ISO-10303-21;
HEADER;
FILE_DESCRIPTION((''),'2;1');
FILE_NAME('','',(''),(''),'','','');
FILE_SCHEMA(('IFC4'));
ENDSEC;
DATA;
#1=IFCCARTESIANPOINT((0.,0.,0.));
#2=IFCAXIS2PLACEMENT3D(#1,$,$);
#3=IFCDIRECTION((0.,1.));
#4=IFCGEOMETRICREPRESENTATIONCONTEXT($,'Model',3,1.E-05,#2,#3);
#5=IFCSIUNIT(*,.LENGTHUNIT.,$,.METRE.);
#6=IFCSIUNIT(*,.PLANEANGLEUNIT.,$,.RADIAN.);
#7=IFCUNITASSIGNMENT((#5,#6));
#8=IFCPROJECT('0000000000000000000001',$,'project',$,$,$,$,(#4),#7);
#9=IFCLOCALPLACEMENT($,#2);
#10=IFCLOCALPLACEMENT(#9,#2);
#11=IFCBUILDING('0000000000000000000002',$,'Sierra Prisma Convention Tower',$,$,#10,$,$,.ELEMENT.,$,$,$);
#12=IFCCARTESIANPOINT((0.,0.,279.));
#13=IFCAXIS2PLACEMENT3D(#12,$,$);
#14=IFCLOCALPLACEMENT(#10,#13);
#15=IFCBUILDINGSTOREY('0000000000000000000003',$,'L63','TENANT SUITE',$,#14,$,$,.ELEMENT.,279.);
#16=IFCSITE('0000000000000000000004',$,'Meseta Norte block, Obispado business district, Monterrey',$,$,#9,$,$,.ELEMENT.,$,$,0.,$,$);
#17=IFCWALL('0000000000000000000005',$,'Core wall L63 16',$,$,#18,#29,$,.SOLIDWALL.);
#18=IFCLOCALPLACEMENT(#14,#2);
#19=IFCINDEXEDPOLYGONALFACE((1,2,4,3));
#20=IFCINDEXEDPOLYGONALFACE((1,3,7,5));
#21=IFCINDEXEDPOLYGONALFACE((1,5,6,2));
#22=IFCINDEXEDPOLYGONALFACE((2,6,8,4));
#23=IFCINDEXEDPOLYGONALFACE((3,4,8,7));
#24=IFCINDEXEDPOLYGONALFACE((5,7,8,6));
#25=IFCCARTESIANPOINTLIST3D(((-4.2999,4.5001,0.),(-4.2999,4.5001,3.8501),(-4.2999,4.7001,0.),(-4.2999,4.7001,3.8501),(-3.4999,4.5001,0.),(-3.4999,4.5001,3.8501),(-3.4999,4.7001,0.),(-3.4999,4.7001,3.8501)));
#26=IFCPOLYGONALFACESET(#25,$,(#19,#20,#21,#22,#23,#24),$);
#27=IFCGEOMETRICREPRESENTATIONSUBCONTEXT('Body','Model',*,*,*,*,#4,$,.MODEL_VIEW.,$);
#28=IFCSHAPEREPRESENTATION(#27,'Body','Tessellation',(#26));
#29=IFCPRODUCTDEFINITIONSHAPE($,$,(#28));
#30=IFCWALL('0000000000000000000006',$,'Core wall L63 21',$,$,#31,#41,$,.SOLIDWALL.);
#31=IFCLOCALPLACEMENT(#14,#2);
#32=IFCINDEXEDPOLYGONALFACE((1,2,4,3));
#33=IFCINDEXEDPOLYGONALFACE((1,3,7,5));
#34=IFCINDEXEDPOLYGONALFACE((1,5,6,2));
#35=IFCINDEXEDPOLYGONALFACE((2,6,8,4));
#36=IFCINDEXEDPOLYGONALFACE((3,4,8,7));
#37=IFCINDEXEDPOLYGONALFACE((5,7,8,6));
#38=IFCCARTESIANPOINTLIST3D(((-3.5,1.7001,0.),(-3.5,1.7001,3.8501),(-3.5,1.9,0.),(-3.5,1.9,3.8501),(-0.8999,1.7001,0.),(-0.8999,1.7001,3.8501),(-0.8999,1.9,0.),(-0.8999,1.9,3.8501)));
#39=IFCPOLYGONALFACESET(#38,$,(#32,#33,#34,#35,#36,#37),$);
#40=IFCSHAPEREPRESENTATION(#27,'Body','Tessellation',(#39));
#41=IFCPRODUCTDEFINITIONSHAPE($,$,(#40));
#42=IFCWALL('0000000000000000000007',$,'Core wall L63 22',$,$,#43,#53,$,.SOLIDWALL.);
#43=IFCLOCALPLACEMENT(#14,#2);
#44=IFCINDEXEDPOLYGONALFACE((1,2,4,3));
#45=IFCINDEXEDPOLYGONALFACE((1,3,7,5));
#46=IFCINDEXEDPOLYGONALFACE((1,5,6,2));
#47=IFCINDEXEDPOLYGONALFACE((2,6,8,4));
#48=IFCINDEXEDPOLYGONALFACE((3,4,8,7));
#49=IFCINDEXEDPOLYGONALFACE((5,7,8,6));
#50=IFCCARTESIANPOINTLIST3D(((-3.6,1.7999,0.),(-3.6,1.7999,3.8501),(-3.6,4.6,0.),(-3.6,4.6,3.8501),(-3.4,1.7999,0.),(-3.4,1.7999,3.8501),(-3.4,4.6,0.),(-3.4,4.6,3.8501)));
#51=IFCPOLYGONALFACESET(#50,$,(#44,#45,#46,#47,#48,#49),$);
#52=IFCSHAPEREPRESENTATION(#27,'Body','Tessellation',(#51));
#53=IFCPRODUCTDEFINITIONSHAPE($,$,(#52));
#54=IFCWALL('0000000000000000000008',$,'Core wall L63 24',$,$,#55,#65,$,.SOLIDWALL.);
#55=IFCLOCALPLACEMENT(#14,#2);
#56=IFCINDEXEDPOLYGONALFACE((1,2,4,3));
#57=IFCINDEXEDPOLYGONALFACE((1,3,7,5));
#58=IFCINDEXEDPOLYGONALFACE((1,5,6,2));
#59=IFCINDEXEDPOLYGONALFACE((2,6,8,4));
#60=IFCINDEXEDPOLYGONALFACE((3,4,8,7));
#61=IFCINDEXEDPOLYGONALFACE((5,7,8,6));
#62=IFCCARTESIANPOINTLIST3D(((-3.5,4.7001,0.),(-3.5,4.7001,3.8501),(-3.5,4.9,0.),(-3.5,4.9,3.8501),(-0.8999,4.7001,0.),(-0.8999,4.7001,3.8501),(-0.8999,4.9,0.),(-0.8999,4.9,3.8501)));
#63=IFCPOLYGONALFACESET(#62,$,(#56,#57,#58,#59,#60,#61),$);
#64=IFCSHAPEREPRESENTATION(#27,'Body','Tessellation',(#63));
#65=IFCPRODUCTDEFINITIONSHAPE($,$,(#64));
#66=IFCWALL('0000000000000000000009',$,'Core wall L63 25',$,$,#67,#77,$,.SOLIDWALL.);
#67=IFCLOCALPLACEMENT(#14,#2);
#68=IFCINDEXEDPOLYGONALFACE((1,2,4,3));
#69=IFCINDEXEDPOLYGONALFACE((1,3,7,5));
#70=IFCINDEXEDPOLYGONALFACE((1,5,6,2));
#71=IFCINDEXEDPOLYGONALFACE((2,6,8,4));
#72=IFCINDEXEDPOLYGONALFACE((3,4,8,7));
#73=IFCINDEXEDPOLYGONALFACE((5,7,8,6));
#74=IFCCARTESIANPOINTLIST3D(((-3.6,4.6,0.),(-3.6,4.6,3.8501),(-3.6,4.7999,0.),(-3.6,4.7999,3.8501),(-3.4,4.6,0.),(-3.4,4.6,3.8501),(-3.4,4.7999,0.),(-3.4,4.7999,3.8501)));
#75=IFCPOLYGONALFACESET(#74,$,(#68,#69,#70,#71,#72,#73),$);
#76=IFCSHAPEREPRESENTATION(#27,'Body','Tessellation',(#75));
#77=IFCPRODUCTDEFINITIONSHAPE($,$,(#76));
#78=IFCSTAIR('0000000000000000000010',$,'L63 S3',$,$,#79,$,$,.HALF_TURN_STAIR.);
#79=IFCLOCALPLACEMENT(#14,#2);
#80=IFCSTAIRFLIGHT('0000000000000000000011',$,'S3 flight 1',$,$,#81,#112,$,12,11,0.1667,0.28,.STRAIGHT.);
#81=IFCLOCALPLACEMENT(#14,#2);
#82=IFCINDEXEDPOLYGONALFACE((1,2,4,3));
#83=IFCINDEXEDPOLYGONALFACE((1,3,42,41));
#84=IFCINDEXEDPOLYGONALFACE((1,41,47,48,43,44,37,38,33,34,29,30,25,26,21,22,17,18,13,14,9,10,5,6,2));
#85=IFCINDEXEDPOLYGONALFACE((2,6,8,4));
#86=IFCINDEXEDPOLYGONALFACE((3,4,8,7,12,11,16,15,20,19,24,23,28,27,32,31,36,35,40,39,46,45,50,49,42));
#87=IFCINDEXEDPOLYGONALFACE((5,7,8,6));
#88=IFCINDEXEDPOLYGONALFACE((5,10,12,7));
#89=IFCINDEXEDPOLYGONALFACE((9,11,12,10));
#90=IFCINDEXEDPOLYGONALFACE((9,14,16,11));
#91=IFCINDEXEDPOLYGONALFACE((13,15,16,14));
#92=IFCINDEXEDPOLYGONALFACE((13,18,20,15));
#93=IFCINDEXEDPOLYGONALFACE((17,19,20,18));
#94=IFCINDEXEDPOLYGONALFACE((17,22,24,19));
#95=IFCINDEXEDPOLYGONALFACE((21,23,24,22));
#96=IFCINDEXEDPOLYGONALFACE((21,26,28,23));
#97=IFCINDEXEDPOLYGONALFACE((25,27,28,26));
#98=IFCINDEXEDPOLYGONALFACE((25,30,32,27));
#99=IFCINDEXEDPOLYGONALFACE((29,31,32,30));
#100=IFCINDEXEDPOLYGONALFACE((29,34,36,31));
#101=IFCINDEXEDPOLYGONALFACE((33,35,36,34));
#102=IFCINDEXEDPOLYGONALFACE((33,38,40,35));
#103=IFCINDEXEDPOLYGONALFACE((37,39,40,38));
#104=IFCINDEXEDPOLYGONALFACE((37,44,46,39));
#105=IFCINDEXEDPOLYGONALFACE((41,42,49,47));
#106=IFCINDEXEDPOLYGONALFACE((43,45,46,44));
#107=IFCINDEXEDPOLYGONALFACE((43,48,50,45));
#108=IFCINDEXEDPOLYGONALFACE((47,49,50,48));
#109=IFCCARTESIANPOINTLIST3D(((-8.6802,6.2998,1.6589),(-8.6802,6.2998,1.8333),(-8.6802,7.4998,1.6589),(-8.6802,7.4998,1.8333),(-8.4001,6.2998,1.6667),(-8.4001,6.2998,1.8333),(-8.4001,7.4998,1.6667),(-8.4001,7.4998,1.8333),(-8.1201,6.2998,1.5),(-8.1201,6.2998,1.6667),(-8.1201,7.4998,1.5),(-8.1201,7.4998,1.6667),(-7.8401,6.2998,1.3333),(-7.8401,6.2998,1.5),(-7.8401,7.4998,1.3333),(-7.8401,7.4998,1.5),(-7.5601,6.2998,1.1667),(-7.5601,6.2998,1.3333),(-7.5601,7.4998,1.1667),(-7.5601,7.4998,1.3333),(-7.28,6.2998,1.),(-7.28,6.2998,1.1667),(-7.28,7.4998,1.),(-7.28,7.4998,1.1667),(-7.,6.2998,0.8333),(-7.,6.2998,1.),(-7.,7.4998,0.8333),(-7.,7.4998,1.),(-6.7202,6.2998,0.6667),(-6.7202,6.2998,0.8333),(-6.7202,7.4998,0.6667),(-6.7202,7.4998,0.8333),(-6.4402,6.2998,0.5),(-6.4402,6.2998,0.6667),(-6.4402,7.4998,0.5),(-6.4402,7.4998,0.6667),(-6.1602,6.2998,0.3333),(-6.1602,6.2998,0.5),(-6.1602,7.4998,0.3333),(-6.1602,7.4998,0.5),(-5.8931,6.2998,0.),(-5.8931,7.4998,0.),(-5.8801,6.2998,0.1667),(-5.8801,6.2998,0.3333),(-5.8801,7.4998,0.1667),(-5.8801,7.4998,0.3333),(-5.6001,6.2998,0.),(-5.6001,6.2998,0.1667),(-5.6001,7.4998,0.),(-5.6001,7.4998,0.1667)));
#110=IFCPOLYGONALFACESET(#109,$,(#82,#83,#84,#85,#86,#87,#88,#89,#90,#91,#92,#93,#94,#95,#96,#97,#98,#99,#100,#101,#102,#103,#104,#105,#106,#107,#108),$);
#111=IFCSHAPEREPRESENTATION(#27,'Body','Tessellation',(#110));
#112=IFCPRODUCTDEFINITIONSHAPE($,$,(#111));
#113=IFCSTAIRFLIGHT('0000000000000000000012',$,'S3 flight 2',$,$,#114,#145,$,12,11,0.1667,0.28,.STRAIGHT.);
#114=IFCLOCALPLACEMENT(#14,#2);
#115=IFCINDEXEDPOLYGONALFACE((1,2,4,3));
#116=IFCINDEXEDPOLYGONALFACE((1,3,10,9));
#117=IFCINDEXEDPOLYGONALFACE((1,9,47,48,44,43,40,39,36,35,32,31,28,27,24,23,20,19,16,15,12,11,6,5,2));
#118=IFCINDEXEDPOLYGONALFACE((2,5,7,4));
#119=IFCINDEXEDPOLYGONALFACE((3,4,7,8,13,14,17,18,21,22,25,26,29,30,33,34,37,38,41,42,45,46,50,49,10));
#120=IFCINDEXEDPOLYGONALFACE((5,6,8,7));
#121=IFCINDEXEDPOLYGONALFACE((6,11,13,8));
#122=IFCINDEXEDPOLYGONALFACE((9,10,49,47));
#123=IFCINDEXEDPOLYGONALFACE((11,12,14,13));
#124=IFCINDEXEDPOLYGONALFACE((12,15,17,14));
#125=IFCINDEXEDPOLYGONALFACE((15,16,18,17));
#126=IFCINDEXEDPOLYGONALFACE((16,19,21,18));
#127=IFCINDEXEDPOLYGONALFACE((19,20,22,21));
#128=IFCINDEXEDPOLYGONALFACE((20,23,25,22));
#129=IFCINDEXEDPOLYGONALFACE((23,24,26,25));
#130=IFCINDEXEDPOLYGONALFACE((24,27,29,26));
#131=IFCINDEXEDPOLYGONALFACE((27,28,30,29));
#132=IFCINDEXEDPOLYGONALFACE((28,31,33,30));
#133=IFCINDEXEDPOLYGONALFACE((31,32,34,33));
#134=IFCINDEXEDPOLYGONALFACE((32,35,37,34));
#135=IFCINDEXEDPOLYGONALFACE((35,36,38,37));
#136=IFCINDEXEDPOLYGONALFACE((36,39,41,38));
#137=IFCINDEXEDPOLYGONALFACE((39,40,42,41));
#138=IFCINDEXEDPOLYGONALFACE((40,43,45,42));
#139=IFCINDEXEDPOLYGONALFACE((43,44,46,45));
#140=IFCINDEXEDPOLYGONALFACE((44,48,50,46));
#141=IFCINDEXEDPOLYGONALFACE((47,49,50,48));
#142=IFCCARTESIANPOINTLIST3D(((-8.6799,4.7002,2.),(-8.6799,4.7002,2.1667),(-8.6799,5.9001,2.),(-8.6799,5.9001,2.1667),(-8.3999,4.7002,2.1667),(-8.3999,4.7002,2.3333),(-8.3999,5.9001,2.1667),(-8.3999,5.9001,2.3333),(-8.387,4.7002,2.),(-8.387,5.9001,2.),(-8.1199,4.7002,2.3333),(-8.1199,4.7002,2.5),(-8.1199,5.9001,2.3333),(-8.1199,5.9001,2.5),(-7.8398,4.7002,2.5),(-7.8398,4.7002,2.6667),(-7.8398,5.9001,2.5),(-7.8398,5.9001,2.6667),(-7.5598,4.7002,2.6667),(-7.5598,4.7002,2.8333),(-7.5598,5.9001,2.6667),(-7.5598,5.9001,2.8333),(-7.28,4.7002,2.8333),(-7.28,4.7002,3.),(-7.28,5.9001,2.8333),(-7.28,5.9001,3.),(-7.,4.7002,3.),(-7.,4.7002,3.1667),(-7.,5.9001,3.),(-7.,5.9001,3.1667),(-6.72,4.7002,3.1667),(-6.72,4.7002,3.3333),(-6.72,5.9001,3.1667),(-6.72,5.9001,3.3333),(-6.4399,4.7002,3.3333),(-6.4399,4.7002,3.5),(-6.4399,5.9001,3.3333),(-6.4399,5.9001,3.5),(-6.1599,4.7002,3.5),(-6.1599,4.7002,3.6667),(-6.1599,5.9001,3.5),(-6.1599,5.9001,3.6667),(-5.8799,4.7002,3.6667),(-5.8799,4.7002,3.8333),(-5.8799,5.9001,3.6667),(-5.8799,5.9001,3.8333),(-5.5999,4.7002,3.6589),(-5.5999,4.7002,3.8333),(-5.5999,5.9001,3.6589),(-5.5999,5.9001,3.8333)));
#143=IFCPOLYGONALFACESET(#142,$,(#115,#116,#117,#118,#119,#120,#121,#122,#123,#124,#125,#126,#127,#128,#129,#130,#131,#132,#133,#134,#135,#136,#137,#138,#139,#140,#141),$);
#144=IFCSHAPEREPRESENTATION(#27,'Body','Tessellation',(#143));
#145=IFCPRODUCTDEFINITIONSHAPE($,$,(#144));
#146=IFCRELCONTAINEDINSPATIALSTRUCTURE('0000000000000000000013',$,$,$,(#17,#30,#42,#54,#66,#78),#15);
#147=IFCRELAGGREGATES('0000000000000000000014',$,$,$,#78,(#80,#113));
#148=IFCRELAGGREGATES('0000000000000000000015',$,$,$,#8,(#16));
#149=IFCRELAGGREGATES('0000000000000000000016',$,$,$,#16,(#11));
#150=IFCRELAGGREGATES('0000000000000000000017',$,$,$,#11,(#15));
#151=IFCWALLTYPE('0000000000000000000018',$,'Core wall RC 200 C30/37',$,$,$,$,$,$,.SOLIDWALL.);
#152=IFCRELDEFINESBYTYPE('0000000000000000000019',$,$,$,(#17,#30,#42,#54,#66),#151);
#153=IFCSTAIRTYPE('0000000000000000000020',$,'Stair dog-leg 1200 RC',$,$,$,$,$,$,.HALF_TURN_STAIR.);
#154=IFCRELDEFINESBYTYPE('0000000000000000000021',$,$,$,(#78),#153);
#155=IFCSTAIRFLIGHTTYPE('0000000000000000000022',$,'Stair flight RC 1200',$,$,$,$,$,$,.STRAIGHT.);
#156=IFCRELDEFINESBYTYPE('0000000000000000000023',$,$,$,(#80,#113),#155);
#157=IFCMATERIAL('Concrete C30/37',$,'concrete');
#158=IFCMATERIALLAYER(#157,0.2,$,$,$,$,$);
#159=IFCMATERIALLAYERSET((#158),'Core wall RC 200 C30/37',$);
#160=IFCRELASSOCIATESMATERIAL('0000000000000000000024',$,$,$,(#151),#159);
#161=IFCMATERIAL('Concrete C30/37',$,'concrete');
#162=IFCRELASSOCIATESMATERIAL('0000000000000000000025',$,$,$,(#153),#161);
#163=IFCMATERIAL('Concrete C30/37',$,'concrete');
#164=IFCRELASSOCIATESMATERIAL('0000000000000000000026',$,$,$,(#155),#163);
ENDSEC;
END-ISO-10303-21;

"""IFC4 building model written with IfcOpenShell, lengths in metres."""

from ifc_helpers import new_model, si_unit, direction, frame, frame_2d, origin, place, context, subcontext, project, spatial, polyline, rectangle, outline, extrude, material, layer, layer_set, type_object, element, aggregate, save


model = new_model("IFC4")

# Units and contexts
model_context = context("Model", 3, precision=1e-05, world=origin(), true_north=direction((0.0, 1.0)))
body_context = subcontext(model_context, "Body", "Model", "MODEL_VIEW")
ifc_project = project(units=[si_unit("LENGTHUNIT", "METRE"), si_unit("PLANEANGLEUNIT", "RADIAN")], contexts=[model_context])

# Site, building, storey
site_placement = place(None, origin())
site = spatial("IfcSite", under=ifc_project, at=site_placement, Name="Meseta Norte block, Obispado business district, Monterrey", CompositionType="ELEMENT", RefElevation=0.0)
building_placement = place(site_placement, origin())
building = spatial("IfcBuilding", under=site, at=building_placement, Name="Sierra Prisma Convention Tower", CompositionType="ELEMENT")
storey_placement = place(building_placement, frame((0.0, 0.0, 279.0)))
storey = spatial("IfcBuildingStorey", under=building, at=storey_placement, Name="L63", Description="TENANT SUITE", CompositionType="ELEMENT", Elevation=279.0)

# Wall
ifc_material_1 = material(Name="Concrete C30/37", Category="concrete")
ifc_layer_1 = layer(ifc_material_1, 0.2)
ifc_layer_set_1 = layer_set([ifc_layer_1], Name="Core wall RC 200 C30/37")
wall_type = type_object("IfcWallType", Name="Core wall RC 200 C30/37", PredefinedType="SOLIDWALL", material=ifc_layer_set_1)
wall_1_placement = place(storey_placement, frame((-3.5, 4.6001, 0.0), z_axis=(0.0, 0.0, 1.0), x_axis=(-1.0, 0.0, 0.0)))
element("IfcWall", 1, at=wall_1_placement, inside=storey, type_object=wall_type, Name="Core wall L63 16", PredefinedType="SOLIDWALL", context=body_context, shape_type="SweptSolid", body=[
    extrude(rectangle(XDim=0.8, YDim=0.2, at=frame_2d((0.3999, 0.0))), origin(), (0.0, 0.0, 1.0), 3.8501),
])

# Walls
wall_2_placement = place(storey_placement, frame((-0.8999, 1.8, 0.0), z_axis=(0.0, 0.0, 1.0), x_axis=(-1.0, 0.0, 0.0)))
element("IfcWall", 2, at=wall_2_placement, inside=storey, type_object=wall_type, Name="Core wall L63 21", PredefinedType="SOLIDWALL", context=body_context, shape_type="SweptSolid", body=[
    extrude(rectangle(XDim=2.6001, YDim=0.2, at=frame_2d((1.3, 0.0))), origin(), (0.0, 0.0, 1.0), 3.8501),
])
wall_3_placement = place(storey_placement, frame((-3.5, 1.8, 0.0), z_axis=(0.0, 0.0, 1.0), x_axis=(0.0, 1.0, 0.0)))
element("IfcWall", 3, at=wall_3_placement, inside=storey, type_object=wall_type, Name="Core wall L63 22", PredefinedType="SOLIDWALL", context=body_context, shape_type="SweptSolid", body=[
    extrude(rectangle(XDim=2.8, YDim=0.2, at=frame_2d((1.3999, 0.0))), origin(), (0.0, 0.0, 1.0), 3.8501),
])

# Walls
wall_4_placement = place(storey_placement, frame((-0.8999, 4.8, 0.0), z_axis=(0.0, 0.0, 1.0), x_axis=(-1.0, 0.0, 0.0)))
element("IfcWall", 4, at=wall_4_placement, inside=storey, type_object=wall_type, Name="Core wall L63 24", PredefinedType="SOLIDWALL", context=body_context, shape_type="SweptSolid", body=[
    extrude(rectangle(XDim=2.6001, YDim=0.2, at=frame_2d((1.3, 0.0))), origin(), (0.0, 0.0, 1.0), 3.8501),
])
wall_5_placement = place(storey_placement, frame((-3.5, 4.8, 0.0), z_axis=(0.0, 0.0, 1.0), x_axis=(0.0, -1.0, 0.0)))
element("IfcWall", 5, at=wall_5_placement, inside=storey, type_object=wall_type, Name="Core wall L63 25", PredefinedType="SOLIDWALL", context=body_context, shape_type="SweptSolid", body=[
    extrude(rectangle(XDim=0.2, YDim=0.2, at=frame_2d((0.1001, 0.0))), origin(), (0.0, 0.0, 1.0), 3.8501),
])

# Stair, stair flights
ifc_material_2 = material(Name="Concrete C30/37", Category="concrete")
stair_type = type_object("IfcStairType", Name="Stair dog-leg 1200 RC", PredefinedType="HALF_TURN_STAIR", material=ifc_material_2)
stair_placement = place(storey_placement, origin())
stair = element("IfcStair", 6, at=stair_placement, inside=storey, type_object=stair_type, Name="L63 S3", PredefinedType="HALF_TURN_STAIR")
ifc_material_3 = material(Name="Concrete C30/37", Category="concrete")
stair_flight_type = type_object("IfcStairFlightType", Name="Stair flight RC 1200", PredefinedType="STRAIGHT", material=ifc_material_3)
stair_flight_1_placement = place(storey_placement, frame((-5.6001, 6.8999, 0.0), z_axis=(0.0, 0.0, 1.0), x_axis=(-1.0, 0.0, 0.0)))
stair_flight_1 = element("IfcStairFlight", 7, at=stair_flight_1_placement, type_object=stair_flight_type, Name="S3 flight 1", NumberOfRisers=12, NumberOfTreads=11, PredefinedType="STRAIGHT", RiserHeight=0.1667, TreadLength=0.28, context=body_context, shape_type="SweptSolid", body=[
    extrude(outline(polyline([(0.0, 0.0), (0.0, 0.1667), (0.28, 0.1667), (0.28, 0.3333), (0.5601, 0.3333), (0.5601, 0.5), (0.8401, 0.5), (0.8401, 0.6667), (1.1201, 0.6667), (1.1201, 0.8333), (1.3999, 0.8333), (1.3999, 1.0), (1.6799, 1.0), (1.6799, 1.1667), (1.96, 1.1667), (1.96, 1.3333), (2.24, 1.3333), (2.24, 1.5), (2.52, 1.5), (2.52, 1.6667), (2.8, 1.6667), (2.8, 1.8333), (3.0801, 1.8333), (3.0801, 2.0), (3.0801, 1.6589), (0.293, 0.0), (0.0, 0.0)])), frame((0.0, 0.6001, 0.0), z_axis=(0.0, -1.0, 0.0), x_axis=(1.0, 0.0, 0.0)), (0.0, 0.0, 1.0), 1.2),
])
stair_flight_2_placement = place(storey_placement, frame((-8.6799, 5.3, 2.0), z_axis=(0.0, 0.0, 1.0), x_axis=(1.0, 0.0, 0.0)))
stair_flight_2 = element("IfcStairFlight", 8, at=stair_flight_2_placement, type_object=stair_flight_type, Name="S3 flight 2", NumberOfRisers=12, NumberOfTreads=11, PredefinedType="STRAIGHT", RiserHeight=0.1667, TreadLength=0.28, context=body_context, shape_type="SweptSolid", body=[
    extrude(outline(polyline([(0.0, 0.0), (0.0, 0.1667), (0.28, 0.1667), (0.28, 0.3333), (0.5601, 0.3333), (0.5601, 0.5), (0.8401, 0.5), (0.8401, 0.6667), (1.1201, 0.6667), (1.1201, 0.8333), (1.3999, 0.8333), (1.3999, 1.0), (1.6799, 1.0), (1.6799, 1.1667), (1.96, 1.1667), (1.96, 1.3333), (2.24, 1.3333), (2.24, 1.5), (2.52, 1.5), (2.52, 1.6667), (2.8, 1.6667), (2.8, 1.8333), (3.0801, 1.8333), (3.0801, 2.0), (3.0801, 1.6589), (0.293, 0.0), (0.0, 0.0)])), frame((0.0, 0.6001, 0.0), z_axis=(0.0, -1.0, 0.0), x_axis=(1.0, 0.0, 0.0)), (0.0, 0.0, 1.0), 1.2),
])
aggregate(stair, [stair_flight_1, stair_flight_2])

save(model, "model.ifc")
